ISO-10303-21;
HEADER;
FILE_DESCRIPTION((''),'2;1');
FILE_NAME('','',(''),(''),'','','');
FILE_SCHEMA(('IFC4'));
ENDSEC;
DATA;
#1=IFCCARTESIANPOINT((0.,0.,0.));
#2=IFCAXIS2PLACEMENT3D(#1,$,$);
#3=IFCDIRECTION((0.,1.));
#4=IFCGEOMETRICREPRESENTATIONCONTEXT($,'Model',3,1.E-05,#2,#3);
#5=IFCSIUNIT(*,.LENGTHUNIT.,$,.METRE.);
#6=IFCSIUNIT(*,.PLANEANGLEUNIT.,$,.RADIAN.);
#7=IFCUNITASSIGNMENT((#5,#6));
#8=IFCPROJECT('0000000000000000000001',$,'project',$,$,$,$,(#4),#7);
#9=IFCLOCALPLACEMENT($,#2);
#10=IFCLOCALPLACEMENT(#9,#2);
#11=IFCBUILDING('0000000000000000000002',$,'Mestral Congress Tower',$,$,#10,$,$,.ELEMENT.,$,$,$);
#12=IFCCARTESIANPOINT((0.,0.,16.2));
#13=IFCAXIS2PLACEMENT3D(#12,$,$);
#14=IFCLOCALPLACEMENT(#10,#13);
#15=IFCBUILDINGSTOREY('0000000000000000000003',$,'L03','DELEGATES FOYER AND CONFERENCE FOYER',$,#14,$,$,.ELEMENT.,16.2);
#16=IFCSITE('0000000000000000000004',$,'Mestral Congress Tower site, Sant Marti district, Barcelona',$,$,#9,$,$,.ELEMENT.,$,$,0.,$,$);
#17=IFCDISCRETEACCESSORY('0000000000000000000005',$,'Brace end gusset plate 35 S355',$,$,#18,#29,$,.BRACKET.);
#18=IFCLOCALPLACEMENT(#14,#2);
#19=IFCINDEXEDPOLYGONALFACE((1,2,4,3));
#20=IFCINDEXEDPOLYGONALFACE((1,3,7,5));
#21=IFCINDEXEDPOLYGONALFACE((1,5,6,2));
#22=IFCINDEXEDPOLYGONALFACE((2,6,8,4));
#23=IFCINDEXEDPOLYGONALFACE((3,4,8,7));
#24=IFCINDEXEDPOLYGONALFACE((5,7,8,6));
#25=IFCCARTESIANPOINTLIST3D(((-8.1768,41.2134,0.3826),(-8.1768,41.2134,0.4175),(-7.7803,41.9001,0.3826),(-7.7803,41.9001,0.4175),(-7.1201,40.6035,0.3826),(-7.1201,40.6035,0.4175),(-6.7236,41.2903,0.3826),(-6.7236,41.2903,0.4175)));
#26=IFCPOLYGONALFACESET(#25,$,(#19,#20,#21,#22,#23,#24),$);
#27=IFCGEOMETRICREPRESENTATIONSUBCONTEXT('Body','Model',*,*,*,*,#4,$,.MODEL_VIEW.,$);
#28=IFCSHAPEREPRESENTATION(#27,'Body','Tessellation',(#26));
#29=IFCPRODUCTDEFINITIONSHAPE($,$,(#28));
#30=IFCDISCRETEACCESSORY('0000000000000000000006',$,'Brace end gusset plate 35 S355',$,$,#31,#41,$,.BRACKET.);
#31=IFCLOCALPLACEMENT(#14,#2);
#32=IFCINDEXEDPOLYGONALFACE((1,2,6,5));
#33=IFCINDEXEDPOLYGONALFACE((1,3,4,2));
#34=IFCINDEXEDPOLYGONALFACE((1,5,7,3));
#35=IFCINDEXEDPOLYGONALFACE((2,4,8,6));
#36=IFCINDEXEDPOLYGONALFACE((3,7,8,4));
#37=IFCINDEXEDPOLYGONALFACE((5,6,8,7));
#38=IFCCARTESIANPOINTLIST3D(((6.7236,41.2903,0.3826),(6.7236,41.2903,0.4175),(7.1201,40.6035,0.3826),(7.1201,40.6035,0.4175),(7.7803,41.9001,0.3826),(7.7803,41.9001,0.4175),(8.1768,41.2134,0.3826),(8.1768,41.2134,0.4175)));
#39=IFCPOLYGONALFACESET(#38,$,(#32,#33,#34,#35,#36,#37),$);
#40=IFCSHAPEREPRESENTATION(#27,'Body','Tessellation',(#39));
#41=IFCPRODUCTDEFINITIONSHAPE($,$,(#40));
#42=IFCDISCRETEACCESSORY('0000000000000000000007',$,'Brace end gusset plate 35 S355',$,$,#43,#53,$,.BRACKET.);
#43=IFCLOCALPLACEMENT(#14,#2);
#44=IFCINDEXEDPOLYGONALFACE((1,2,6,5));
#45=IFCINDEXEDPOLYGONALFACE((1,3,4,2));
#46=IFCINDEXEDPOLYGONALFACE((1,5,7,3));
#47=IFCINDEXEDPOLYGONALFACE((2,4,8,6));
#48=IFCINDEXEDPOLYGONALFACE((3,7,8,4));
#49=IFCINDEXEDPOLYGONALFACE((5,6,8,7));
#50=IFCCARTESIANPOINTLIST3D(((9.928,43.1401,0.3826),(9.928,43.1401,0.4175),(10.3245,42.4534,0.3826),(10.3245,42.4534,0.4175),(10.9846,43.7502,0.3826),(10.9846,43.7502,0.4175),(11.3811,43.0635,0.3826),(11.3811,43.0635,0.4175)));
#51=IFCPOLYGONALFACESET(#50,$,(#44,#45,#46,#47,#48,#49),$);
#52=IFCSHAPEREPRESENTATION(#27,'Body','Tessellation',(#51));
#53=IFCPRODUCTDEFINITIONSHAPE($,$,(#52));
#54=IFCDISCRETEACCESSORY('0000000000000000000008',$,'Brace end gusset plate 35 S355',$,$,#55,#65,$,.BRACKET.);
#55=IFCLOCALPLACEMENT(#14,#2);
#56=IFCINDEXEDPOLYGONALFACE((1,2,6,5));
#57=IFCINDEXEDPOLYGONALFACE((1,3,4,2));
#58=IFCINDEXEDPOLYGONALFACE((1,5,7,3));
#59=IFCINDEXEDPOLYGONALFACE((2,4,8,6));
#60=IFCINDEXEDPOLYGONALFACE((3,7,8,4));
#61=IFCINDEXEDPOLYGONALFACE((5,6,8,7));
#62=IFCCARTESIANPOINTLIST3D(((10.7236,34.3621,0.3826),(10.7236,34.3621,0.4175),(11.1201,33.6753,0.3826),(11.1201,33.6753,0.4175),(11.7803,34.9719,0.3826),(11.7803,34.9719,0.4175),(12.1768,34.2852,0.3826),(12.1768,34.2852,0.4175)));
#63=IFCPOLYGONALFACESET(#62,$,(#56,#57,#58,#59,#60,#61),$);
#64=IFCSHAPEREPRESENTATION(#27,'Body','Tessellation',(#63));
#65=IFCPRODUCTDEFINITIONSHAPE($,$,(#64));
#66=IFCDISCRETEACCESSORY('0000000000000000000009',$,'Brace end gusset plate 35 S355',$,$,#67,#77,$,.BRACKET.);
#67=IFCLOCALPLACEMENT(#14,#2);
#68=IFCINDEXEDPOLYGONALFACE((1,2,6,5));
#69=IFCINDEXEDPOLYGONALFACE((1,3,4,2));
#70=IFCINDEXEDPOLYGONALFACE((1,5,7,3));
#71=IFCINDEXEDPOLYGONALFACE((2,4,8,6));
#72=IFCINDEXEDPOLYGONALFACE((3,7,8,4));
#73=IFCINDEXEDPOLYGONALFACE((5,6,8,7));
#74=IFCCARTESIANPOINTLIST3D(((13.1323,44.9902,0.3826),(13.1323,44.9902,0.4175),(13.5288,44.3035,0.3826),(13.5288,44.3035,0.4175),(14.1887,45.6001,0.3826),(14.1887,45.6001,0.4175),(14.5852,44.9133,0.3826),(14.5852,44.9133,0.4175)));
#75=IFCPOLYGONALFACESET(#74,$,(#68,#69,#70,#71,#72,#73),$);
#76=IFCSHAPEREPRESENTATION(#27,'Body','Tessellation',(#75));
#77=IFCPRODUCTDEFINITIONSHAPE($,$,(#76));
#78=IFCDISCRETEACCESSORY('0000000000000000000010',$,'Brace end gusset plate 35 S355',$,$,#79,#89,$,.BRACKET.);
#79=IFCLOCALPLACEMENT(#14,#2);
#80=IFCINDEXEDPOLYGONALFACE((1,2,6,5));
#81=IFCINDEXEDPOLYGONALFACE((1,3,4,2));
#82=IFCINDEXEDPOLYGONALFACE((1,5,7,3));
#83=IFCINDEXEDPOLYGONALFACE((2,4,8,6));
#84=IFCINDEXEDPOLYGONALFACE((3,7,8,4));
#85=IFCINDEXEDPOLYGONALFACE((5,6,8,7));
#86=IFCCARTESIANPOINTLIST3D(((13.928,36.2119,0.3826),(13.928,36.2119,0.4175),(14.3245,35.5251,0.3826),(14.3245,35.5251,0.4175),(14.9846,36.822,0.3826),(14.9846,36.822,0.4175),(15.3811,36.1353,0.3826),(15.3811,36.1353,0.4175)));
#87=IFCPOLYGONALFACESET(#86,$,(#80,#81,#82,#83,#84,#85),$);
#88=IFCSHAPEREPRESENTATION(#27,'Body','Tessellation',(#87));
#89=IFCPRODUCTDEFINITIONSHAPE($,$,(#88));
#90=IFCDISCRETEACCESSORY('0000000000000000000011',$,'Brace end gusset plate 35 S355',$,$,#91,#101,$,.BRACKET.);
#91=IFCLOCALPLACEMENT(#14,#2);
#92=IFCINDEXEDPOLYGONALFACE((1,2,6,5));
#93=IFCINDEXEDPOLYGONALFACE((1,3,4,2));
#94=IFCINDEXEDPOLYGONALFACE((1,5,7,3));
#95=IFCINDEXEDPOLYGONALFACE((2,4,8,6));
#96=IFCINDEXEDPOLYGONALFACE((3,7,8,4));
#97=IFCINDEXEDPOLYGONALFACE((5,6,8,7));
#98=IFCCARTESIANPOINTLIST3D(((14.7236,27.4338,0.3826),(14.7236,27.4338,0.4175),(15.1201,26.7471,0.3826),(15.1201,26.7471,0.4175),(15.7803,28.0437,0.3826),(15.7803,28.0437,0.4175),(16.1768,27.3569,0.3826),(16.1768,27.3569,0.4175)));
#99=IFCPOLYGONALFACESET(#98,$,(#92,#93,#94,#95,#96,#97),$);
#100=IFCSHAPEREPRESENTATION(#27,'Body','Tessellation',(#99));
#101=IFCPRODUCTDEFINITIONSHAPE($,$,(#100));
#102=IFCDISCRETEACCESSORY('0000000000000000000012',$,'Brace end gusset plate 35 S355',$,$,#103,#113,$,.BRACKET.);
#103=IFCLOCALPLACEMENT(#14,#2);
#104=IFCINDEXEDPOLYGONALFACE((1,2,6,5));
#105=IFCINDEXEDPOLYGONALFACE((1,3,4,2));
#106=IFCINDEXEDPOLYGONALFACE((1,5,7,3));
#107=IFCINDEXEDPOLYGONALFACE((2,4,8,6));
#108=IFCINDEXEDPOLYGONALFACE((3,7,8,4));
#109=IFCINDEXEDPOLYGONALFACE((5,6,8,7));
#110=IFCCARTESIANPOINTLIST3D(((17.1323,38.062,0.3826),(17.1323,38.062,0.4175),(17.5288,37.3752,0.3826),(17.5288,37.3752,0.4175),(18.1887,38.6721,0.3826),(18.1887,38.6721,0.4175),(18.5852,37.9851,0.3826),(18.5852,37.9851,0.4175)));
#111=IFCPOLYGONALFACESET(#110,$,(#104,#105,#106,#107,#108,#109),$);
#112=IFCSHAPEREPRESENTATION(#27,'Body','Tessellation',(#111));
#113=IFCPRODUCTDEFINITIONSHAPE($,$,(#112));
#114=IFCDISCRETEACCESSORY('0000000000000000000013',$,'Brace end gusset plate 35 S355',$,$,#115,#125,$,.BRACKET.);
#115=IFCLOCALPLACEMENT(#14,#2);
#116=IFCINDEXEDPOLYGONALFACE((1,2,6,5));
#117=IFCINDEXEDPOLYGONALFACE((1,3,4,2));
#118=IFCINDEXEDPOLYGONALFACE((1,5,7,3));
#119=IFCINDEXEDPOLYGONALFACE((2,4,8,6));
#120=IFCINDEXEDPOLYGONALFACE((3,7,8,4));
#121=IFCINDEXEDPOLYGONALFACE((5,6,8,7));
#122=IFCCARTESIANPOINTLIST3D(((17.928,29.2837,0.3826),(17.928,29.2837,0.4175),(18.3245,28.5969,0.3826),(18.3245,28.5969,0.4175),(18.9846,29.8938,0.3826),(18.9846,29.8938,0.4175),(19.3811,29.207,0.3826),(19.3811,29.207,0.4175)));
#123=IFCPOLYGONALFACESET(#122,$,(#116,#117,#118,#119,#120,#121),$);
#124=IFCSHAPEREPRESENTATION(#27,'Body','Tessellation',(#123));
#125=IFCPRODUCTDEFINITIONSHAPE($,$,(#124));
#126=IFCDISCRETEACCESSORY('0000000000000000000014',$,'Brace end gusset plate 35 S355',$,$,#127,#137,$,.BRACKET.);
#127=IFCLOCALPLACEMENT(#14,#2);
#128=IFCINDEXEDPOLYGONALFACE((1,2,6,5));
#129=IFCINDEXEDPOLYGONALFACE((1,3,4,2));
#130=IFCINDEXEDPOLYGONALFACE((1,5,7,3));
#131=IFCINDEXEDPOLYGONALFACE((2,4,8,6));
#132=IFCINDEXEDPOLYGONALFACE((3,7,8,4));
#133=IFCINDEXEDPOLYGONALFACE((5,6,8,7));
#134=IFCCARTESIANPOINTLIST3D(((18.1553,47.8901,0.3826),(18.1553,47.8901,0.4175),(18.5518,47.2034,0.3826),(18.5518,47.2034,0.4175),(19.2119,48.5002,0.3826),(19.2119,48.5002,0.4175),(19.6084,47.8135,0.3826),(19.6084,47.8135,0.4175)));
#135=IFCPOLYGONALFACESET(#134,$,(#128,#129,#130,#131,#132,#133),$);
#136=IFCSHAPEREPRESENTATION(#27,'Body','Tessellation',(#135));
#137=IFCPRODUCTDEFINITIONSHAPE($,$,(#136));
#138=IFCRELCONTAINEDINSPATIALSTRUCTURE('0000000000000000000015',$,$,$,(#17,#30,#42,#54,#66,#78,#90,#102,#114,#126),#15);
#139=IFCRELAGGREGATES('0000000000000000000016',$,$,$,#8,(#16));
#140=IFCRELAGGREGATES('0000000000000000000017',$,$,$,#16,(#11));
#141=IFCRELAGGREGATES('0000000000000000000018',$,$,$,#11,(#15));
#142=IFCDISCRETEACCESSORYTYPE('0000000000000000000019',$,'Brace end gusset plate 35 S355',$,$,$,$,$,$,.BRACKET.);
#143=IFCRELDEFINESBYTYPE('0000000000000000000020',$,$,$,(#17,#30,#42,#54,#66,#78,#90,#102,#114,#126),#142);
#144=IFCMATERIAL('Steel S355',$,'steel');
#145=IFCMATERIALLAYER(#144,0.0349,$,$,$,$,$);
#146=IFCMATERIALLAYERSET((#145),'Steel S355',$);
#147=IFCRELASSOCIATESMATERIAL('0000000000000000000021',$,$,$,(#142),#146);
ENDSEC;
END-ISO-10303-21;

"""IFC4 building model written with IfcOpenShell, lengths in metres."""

from ifc_helpers import new_model, si_unit, direction, frame, origin, place, context, subcontext, project, spatial, polyline, outline, extrude, material, layer, layer_set, type_object, element, save


model = new_model("IFC4")

# Units and contexts
model_context = context("Model", 3, precision=1e-05, world=origin(), true_north=direction((0.0, 1.0)))
body_context = subcontext(model_context, "Body", "Model", "MODEL_VIEW")
ifc_project = project(units=[si_unit("LENGTHUNIT", "METRE"), si_unit("PLANEANGLEUNIT", "RADIAN")], contexts=[model_context])

# Site, building, storey
site_placement = place(None, origin())
site = spatial("IfcSite", under=ifc_project, at=site_placement, Name="Mestral Congress Tower site, Sant Marti district, Barcelona", CompositionType="ELEMENT", RefElevation=0.0)
building_placement = place(site_placement, origin())
building = spatial("IfcBuilding", under=site, at=building_placement, Name="Mestral Congress Tower", CompositionType="ELEMENT")
storey_placement = place(building_placement, frame((0.0, 0.0, 16.2)))
storey = spatial("IfcBuildingStorey", under=building, at=storey_placement, Name="L03", Description="DELEGATES FOYER AND CONFERENCE FOYER", CompositionType="ELEMENT", Elevation=16.2)

# Discrete accessories
ifc_material = material(Name="Steel S355", Category="steel")
ifc_layer_1 = layer(ifc_material, 0.0349)
ifc_layer_set_1 = layer_set([ifc_layer_1], Name="Steel S355")
discrete_accessory_type_1 = type_object("IfcDiscreteAccessoryType", Name="Brace end gusset plate 35 S355", PredefinedType="BRACKET", material=ifc_layer_set_1)
placement_1 = place(storey_placement, frame((0.0, 0.0, 0.3826)))
element("IfcDiscreteAccessory", 1, at=placement_1, inside=storey, type_object=discrete_accessory_type_1, Name="Brace end gusset plate 35 S355", PredefinedType="BRACKET", context=body_context, shape_type="SweptSolid", body=[
    extrude(outline(polyline([(-6.7236, 41.2903), (-7.7803, 41.9001), (-8.1768, 41.2134), (-7.1201, 40.6035), (-6.7236, 41.2903)])), origin(), (0.0, 0.0, 1.0), 0.0349),
])
element("IfcDiscreteAccessory", 2, at=placement_1, inside=storey, type_object=discrete_accessory_type_1, Name="Brace end gusset plate 35 S355", PredefinedType="BRACKET", context=body_context, shape_type="SweptSolid", body=[
    extrude(outline(polyline([(7.1201, 40.6035), (8.1768, 41.2134), (7.7803, 41.9001), (6.7236, 41.2903), (7.1201, 40.6035)])), origin(), (0.0, 0.0, 1.0), 0.0349),
])
element("IfcDiscreteAccessory", 3, at=placement_1, inside=storey, type_object=discrete_accessory_type_1, Name="Brace end gusset plate 35 S355", PredefinedType="BRACKET", context=body_context, shape_type="SweptSolid", body=[
    extrude(outline(polyline([(10.9846, 43.7502), (9.928, 43.1401), (10.3245, 42.4534), (11.3811, 43.0635), (10.9846, 43.7502)])), origin(), (0.0, 0.0, 1.0), 0.0349),
])
element("IfcDiscreteAccessory", 4, at=placement_1, inside=storey, type_object=discrete_accessory_type_1, Name="Brace end gusset plate 35 S355", PredefinedType="BRACKET", context=body_context, shape_type="SweptSolid", body=[
    extrude(outline(polyline([(11.1201, 33.6753), (12.1768, 34.2852), (11.7803, 34.9719), (10.7236, 34.3621), (11.1201, 33.6753)])), origin(), (0.0, 0.0, 1.0), 0.0349),
])
element("IfcDiscreteAccessory", 5, at=placement_1, inside=storey, type_object=discrete_accessory_type_1, Name="Brace end gusset plate 35 S355", PredefinedType="BRACKET", context=body_context, shape_type="SweptSolid", body=[
    extrude(outline(polyline([(14.1887, 45.6001), (13.1323, 44.9902), (13.5288, 44.3035), (14.5852, 44.9133), (14.1887, 45.6001)])), origin(), (0.0, 0.0, 1.0), 0.0349),
])
element("IfcDiscreteAccessory", 6, at=placement_1, inside=storey, type_object=discrete_accessory_type_1, Name="Brace end gusset plate 35 S355", PredefinedType="BRACKET", context=body_context, shape_type="SweptSolid", body=[
    extrude(outline(polyline([(14.9846, 36.822), (13.928, 36.2119), (14.3245, 35.5251), (15.3811, 36.1353), (14.9846, 36.822)])), origin(), (0.0, 0.0, 1.0), 0.0349),
])
element("IfcDiscreteAccessory", 7, at=placement_1, inside=storey, type_object=discrete_accessory_type_1, Name="Brace end gusset plate 35 S355", PredefinedType="BRACKET", context=body_context, shape_type="SweptSolid", body=[
    extrude(outline(polyline([(15.1201, 26.7471), (16.1768, 27.3569), (15.7803, 28.0437), (14.7236, 27.4338), (15.1201, 26.7471)])), origin(), (0.0, 0.0, 1.0), 0.0349),
])
element("IfcDiscreteAccessory", 8, at=placement_1, inside=storey, type_object=discrete_accessory_type_1, Name="Brace end gusset plate 35 S355", PredefinedType="BRACKET", context=body_context, shape_type="SweptSolid", body=[
    extrude(outline(polyline([(18.1887, 38.6721), (17.1323, 38.062), (17.5288, 37.3752), (18.5852, 37.9851), (18.1887, 38.6721)])), origin(), (0.0, 0.0, 1.0), 0.0349),
])
element("IfcDiscreteAccessory", 9, at=placement_1, inside=storey, type_object=discrete_accessory_type_1, Name="Brace end gusset plate 35 S355", PredefinedType="BRACKET", context=body_context, shape_type="SweptSolid", body=[
    extrude(outline(polyline([(18.9846, 29.8938), (17.928, 29.2837), (18.3245, 28.5969), (19.3811, 29.207), (18.9846, 29.8938)])), origin(), (0.0, 0.0, 1.0), 0.0349),
])
element("IfcDiscreteAccessory", 10, at=placement_1, inside=storey, type_object=discrete_accessory_type_1, Name="Brace end gusset plate 35 S355", PredefinedType="BRACKET", context=body_context, shape_type="SweptSolid", body=[
    extrude(outline(polyline([(19.2119, 48.5002), (18.1553, 47.8901), (18.5518, 47.2034), (19.6084, 47.8135), (19.2119, 48.5002)])), origin(), (0.0, 0.0, 1.0), 0.0349),
])

save(model, "model.ifc")
